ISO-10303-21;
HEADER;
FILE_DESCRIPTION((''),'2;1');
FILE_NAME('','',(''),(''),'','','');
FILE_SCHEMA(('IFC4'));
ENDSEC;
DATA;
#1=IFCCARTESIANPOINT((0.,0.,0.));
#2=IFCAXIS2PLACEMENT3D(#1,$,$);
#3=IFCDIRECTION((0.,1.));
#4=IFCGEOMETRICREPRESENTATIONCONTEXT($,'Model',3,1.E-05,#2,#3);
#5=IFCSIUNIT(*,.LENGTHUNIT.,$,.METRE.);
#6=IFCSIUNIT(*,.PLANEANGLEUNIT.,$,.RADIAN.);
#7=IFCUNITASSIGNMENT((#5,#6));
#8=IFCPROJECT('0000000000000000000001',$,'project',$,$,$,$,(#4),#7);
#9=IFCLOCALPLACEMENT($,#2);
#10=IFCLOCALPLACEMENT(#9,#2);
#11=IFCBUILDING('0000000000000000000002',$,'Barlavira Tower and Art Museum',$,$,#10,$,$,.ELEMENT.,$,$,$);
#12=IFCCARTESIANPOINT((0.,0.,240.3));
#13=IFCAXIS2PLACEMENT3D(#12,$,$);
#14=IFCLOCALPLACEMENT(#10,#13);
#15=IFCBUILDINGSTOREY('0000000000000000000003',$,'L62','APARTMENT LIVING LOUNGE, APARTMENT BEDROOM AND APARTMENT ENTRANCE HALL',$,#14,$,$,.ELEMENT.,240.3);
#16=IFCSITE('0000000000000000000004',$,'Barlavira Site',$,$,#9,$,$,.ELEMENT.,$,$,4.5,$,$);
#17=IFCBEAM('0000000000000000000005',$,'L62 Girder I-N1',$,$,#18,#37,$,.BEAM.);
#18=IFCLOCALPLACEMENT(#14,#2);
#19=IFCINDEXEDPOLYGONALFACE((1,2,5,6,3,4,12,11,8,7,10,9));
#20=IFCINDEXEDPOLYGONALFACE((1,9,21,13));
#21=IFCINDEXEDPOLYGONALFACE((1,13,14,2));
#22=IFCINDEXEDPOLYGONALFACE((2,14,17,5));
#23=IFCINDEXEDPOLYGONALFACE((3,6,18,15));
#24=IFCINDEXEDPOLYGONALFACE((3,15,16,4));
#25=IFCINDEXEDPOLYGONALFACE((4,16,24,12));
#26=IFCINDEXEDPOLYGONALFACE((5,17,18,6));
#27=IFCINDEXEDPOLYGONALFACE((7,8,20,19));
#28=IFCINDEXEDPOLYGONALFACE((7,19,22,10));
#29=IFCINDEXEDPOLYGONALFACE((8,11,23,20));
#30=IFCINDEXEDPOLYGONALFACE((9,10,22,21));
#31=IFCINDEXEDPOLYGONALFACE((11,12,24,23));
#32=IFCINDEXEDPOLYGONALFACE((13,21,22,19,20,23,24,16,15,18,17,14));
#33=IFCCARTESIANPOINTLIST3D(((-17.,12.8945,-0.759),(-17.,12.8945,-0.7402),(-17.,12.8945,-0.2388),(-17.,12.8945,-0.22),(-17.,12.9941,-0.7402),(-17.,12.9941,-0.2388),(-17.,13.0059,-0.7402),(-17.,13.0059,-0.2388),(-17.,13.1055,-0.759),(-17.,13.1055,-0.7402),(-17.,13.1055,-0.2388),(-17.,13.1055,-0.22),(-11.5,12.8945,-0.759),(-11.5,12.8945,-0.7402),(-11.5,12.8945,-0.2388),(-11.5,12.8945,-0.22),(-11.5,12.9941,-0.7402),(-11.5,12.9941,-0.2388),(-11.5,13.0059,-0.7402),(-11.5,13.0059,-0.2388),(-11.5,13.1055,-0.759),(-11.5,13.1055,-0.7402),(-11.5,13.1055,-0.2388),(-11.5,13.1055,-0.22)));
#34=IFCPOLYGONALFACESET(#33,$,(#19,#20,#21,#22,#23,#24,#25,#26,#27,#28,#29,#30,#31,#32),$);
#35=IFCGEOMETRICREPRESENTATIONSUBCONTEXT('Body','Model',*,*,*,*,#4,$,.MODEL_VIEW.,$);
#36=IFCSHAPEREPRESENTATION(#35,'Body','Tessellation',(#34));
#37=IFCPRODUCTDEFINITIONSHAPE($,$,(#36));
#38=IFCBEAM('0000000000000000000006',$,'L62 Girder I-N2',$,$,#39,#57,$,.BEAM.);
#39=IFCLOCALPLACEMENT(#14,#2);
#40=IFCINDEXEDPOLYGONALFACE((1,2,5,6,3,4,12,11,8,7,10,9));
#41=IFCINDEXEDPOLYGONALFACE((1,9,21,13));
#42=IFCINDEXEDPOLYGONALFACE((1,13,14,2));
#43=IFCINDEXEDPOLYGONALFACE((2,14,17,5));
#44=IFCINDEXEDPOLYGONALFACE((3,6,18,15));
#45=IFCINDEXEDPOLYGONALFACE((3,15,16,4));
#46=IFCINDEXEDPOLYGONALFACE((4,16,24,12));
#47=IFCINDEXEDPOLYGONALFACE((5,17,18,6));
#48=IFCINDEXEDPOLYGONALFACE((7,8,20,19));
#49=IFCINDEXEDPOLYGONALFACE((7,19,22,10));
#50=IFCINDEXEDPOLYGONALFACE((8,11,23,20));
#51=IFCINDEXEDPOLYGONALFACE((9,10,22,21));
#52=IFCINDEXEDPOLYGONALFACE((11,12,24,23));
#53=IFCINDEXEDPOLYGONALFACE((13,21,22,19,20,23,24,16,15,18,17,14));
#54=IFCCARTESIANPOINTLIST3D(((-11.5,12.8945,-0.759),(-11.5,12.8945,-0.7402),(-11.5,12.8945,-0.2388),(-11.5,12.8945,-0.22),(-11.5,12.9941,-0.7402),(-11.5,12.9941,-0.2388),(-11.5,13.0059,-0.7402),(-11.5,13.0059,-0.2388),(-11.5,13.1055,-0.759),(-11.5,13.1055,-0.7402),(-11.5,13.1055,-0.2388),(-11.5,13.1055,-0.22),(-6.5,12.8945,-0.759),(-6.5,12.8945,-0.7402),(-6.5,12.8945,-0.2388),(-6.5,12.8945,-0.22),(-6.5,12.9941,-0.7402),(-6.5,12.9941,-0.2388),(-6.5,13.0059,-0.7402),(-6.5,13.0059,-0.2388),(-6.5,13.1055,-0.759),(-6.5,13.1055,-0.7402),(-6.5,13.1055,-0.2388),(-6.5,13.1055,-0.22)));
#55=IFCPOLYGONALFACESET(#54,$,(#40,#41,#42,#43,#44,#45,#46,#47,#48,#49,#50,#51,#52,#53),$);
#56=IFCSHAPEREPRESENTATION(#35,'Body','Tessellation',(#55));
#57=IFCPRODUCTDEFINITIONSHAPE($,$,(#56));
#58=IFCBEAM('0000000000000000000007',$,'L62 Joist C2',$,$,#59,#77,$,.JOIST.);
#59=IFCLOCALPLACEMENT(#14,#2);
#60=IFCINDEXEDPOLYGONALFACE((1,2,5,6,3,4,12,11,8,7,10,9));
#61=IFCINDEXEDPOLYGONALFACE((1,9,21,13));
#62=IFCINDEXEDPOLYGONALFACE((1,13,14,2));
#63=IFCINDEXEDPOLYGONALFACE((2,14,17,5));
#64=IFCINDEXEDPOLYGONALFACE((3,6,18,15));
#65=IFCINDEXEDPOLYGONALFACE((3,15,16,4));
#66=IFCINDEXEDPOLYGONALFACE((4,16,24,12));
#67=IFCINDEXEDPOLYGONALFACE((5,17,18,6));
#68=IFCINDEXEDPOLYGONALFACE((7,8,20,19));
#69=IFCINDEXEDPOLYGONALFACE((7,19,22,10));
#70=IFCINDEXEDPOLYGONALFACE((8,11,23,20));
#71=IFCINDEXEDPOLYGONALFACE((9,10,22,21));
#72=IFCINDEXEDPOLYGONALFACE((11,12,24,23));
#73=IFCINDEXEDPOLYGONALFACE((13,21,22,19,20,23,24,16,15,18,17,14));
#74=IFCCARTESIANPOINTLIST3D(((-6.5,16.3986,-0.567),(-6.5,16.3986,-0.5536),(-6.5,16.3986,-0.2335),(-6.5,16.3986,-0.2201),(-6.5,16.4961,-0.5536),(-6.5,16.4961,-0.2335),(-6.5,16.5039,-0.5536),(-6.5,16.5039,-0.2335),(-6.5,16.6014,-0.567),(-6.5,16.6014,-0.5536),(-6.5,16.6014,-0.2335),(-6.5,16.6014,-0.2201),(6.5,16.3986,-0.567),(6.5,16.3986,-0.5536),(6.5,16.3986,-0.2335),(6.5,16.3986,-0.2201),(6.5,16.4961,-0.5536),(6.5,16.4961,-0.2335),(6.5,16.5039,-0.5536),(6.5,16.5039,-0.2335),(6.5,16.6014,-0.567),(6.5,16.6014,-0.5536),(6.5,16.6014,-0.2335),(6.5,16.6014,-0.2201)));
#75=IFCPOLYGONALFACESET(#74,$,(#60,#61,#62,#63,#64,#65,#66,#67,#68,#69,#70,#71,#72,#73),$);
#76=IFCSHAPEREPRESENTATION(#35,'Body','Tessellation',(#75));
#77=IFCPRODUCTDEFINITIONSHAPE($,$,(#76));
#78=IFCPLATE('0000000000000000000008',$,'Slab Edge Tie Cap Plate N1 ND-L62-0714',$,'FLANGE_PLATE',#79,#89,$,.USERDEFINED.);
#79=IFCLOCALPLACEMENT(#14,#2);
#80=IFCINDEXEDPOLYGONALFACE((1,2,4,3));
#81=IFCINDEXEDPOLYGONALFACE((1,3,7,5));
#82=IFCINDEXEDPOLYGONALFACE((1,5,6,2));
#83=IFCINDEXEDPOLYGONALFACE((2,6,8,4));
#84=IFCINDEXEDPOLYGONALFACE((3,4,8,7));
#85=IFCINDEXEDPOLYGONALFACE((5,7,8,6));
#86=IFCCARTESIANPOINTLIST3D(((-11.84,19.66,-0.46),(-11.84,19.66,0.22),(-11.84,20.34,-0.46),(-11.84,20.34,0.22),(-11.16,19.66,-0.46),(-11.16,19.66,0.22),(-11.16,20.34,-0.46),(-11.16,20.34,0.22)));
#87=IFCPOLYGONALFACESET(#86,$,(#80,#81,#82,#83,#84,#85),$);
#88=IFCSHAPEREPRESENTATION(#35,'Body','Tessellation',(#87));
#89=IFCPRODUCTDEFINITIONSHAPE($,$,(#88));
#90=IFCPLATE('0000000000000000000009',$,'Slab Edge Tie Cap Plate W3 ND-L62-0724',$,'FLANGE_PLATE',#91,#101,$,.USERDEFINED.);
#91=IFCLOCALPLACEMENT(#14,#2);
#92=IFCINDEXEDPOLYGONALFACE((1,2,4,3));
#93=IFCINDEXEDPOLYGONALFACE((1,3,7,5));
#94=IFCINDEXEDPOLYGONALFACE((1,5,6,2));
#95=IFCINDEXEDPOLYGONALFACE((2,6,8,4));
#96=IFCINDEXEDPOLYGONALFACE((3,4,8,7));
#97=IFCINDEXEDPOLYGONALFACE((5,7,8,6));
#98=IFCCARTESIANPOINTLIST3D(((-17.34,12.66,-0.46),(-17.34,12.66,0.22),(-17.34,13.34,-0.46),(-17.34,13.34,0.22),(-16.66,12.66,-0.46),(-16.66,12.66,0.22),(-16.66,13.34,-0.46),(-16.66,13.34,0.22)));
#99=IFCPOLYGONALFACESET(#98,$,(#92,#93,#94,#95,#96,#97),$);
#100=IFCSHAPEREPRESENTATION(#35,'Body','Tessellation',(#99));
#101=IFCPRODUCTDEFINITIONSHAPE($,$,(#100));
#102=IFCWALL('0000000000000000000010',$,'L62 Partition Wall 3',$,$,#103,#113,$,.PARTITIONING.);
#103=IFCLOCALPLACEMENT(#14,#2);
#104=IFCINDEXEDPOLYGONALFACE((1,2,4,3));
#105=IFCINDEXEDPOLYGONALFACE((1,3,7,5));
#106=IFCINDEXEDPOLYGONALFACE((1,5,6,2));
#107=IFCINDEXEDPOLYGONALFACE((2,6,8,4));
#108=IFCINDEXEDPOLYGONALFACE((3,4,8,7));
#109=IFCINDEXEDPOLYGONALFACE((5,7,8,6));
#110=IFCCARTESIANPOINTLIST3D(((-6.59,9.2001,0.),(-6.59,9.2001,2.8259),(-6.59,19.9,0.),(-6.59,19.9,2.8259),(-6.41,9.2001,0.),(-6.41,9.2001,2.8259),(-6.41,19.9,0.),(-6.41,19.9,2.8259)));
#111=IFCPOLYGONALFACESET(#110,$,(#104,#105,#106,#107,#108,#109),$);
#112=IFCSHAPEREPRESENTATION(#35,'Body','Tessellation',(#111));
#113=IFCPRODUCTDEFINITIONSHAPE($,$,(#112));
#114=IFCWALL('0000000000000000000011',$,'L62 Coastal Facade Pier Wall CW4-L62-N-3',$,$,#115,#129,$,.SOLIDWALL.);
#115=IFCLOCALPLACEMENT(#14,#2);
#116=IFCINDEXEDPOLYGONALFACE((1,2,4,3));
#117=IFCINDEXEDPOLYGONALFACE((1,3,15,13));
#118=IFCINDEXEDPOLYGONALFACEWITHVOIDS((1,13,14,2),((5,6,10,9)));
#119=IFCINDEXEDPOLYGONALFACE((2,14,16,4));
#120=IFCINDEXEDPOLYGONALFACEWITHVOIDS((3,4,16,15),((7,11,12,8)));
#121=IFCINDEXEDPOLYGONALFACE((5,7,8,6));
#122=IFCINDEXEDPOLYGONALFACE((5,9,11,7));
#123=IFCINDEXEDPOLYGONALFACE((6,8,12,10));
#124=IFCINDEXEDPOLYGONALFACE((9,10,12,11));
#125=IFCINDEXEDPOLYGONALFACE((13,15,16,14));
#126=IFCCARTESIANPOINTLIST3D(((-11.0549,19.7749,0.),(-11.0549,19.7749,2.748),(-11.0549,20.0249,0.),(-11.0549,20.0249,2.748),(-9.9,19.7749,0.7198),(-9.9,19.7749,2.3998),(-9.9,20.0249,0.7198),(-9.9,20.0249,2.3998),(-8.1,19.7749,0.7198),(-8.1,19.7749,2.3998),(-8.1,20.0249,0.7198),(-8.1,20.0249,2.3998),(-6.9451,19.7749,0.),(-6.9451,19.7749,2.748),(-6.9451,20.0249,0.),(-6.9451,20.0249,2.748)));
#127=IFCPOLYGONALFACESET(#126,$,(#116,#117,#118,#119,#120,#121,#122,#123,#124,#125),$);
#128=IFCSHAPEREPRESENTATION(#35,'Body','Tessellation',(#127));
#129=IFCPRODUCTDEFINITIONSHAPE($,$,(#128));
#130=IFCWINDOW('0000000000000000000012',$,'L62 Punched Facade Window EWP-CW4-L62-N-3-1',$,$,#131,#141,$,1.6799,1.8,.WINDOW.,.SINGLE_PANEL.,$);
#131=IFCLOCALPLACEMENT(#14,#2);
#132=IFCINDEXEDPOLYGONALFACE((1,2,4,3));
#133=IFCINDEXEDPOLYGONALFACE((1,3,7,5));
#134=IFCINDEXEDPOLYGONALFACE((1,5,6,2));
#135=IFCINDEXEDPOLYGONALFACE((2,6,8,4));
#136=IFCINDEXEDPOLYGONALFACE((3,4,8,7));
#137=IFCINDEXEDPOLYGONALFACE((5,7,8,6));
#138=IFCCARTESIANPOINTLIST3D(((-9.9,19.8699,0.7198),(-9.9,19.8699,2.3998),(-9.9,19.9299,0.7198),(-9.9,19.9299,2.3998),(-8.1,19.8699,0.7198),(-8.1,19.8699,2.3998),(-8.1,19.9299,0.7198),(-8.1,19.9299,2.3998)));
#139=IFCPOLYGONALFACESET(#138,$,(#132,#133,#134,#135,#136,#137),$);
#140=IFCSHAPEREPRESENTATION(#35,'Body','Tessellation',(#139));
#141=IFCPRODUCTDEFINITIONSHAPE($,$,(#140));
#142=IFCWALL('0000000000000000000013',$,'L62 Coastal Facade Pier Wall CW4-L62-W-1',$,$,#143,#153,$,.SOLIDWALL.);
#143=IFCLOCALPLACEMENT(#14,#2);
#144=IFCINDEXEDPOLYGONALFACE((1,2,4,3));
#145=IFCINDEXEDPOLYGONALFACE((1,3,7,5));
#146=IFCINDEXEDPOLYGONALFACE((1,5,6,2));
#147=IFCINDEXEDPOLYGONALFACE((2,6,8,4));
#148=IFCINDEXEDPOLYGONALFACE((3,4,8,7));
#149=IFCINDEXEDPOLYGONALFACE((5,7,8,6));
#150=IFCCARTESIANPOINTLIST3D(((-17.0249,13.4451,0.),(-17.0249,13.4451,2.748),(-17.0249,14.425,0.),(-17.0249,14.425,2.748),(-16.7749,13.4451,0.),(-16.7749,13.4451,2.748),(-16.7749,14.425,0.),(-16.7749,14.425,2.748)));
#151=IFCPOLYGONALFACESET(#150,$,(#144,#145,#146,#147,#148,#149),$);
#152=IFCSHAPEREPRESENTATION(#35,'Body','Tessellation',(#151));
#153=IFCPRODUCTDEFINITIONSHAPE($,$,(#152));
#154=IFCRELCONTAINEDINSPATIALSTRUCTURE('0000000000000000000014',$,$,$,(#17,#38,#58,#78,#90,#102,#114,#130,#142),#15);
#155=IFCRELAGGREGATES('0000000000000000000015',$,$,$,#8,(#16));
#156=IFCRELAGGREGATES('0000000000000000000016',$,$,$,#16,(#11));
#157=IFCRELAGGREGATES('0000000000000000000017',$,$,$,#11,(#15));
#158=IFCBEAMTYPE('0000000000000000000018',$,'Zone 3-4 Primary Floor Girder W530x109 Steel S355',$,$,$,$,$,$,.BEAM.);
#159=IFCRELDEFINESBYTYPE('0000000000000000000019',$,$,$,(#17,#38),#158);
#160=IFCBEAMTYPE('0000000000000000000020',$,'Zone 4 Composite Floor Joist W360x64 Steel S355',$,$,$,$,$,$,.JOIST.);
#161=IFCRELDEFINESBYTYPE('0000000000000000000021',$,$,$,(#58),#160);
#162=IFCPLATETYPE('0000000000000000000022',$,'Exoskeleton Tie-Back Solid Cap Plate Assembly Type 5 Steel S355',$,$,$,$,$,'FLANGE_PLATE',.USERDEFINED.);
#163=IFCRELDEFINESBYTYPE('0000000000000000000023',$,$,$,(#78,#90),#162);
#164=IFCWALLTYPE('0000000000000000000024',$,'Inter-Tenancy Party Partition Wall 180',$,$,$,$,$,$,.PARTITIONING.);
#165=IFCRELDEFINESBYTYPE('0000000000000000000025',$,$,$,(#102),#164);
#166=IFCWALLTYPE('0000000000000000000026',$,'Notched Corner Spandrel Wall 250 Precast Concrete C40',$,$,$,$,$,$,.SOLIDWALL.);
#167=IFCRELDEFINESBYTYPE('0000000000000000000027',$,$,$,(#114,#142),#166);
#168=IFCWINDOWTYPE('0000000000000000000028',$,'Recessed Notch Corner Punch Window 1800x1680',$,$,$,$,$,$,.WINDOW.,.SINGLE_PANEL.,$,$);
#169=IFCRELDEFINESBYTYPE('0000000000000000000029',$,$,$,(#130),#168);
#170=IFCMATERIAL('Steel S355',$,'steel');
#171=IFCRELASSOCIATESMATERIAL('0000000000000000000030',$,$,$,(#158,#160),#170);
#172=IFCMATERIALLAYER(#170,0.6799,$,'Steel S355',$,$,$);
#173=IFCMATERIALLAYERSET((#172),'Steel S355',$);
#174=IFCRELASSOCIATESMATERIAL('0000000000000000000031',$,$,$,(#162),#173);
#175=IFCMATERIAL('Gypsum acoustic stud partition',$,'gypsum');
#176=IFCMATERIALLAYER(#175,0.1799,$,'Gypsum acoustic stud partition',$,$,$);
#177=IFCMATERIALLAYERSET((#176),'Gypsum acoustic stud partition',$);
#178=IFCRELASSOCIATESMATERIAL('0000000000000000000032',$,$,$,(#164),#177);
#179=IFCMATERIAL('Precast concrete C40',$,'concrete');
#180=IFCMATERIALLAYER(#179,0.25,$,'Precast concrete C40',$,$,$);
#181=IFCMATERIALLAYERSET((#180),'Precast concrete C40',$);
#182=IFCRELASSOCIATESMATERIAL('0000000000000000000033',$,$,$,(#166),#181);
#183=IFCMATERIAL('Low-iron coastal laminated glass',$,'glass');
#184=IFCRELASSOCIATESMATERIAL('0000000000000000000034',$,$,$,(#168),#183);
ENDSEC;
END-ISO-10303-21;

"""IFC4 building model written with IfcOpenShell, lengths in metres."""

from ifc_helpers import new_model, si_unit, direction, frame, frame_2d, origin, origin_2d, place, context, subcontext, project, spatial, rectangle, i_section, extrude, material, layer, layer_set, material_profile, profile_set, type_object, element, fill, save


model = new_model("IFC4")

# Units and contexts
model_context = context("Model", 3, precision=1e-05, world=origin(), true_north=direction((0.0, 1.0)))
body_context = subcontext(model_context, "Body", "Model", "MODEL_VIEW")
ifc_project = project(units=[si_unit("LENGTHUNIT", "METRE"), si_unit("PLANEANGLEUNIT", "RADIAN")], contexts=[model_context])

# Site, building, storey
site_placement = place(None, origin())
site = spatial("IfcSite", under=ifc_project, at=site_placement, Name="Barlavira Site", CompositionType="ELEMENT", RefElevation=4.5)
building_placement = place(site_placement, origin())
building = spatial("IfcBuilding", under=site, at=building_placement, Name="Barlavira Tower and Art Museum", CompositionType="ELEMENT")
storey_placement = place(building_placement, frame((0.0, 0.0, 240.3)))
storey = spatial("IfcBuildingStorey", under=building, at=storey_placement, Name="L62", Description="APARTMENT LIVING LOUNGE, APARTMENT BEDROOM AND APARTMENT ENTRANCE HALL", CompositionType="ELEMENT", Elevation=240.3)

# Shared definitions
ifc_material_1 = material(Name="Steel S355", Category="steel")

# Beams
ifc_material_profile_1 = material_profile(ifc_material_1, i_section(OverallWidth=0.2109, OverallDepth=0.5391, WebThickness=0.0117, FlangeThickness=0.0188, at=origin_2d()), Name="W530x109.0")
ifc_profile_set_1 = profile_set([ifc_material_profile_1], Name="Steel S355")
beam_type_1 = type_object("IfcBeamType", Name="Zone 3-4 Primary Floor Girder W530x109 Steel S355", PredefinedType="BEAM", material=ifc_profile_set_1)
beam_1_placement = place(storey_placement, frame((-17.0, 13.0, -0.4895), z_axis=(1.0, 0.0, 0.0), x_axis=(0.0, 1.0, 0.0)))
element("IfcBeam", 1, at=beam_1_placement, inside=storey, type_object=beam_type_1, Name="L62 Girder I-N1", PredefinedType="BEAM", context=body_context, shape_type="SweptSolid", body=[
    extrude(i_section(OverallWidth=0.2109, OverallDepth=0.5391, WebThickness=0.0117, FlangeThickness=0.0188, at=origin_2d()), origin(), (0.0, 0.0, 1.0), 5.5),
])
beam_2_placement = place(storey_placement, frame((-11.5, 13.0, -0.4895), z_axis=(1.0, 0.0, 0.0), x_axis=(0.0, 1.0, 0.0)))
element("IfcBeam", 2, at=beam_2_placement, inside=storey, type_object=beam_type_1, Name="L62 Girder I-N2", PredefinedType="BEAM", context=body_context, shape_type="SweptSolid", body=[
    extrude(i_section(OverallWidth=0.2109, OverallDepth=0.5391, WebThickness=0.0117, FlangeThickness=0.0188, at=origin_2d()), origin(), (0.0, 0.0, 1.0), 5.0),
])
ifc_material_profile_2 = material_profile(ifc_material_1, i_section(OverallWidth=0.2029, OverallDepth=0.3469, WebThickness=0.0078, FlangeThickness=0.0134, at=origin_2d()), Name="W360x64.0")
ifc_profile_set_2 = profile_set([ifc_material_profile_2], Name="Steel S355")
beam_type_2 = type_object("IfcBeamType", Name="Zone 4 Composite Floor Joist W360x64 Steel S355", PredefinedType="JOIST", material=ifc_profile_set_2)
beam_3_placement = place(storey_placement, frame((-6.5, 16.5, -0.3936), z_axis=(1.0, 0.0, 0.0), x_axis=(0.0, 1.0, 0.0)))
element("IfcBeam", 3, at=beam_3_placement, inside=storey, type_object=beam_type_2, Name="L62 Joist C2", PredefinedType="JOIST", context=body_context, shape_type="SweptSolid", body=[
    extrude(i_section(OverallWidth=0.2029, OverallDepth=0.3469, WebThickness=0.0078, FlangeThickness=0.0134, at=origin_2d()), origin(), (0.0, 0.0, 1.0), 13.0),
])

# Plates
ifc_layer_1 = layer(ifc_material_1, 0.6799, Name="Steel S355")
ifc_layer_set_1 = layer_set([ifc_layer_1], Name="Steel S355")
plate_type = type_object("IfcPlateType", Name="Exoskeleton Tie-Back Solid Cap Plate Assembly Type 5 Steel S355", ElementType="FLANGE_PLATE", PredefinedType="USERDEFINED", material=ifc_layer_set_1)
for number, where, z_axis, x_axis, name in (
    (4, (-11.5, 20.0, -0.46), (0.0, 0.0, 1.0), (1.0, 0.0, 0.0), "Slab Edge Tie Cap Plate N1 ND-L62-0714"),
    (5, (-17.0, 13.0, -0.46), (0.0, 0.0, 1.0), (1.0, 0.0, 0.0), "Slab Edge Tie Cap Plate W3 ND-L62-0724"),
):
    element("IfcPlate", number, at=place(storey_placement, frame(where, z_axis=z_axis, x_axis=x_axis)), inside=storey, type_object=plate_type, Name=name, ObjectType="FLANGE_PLATE", PredefinedType="USERDEFINED", context=body_context, shape_type="SweptSolid", body=[
        extrude(rectangle(XDim=0.6799, YDim=0.6799, at=origin_2d()), origin(), (0.0, 0.0, 1.0), 0.6799),
    ])

# Wall
ifc_material_2 = material(Name="Gypsum acoustic stud partition", Category="gypsum")
ifc_layer_2 = layer(ifc_material_2, 0.1799, Name="Gypsum acoustic stud partition")
ifc_layer_set_2 = layer_set([ifc_layer_2], Name="Gypsum acoustic stud partition")
wall_type_1 = type_object("IfcWallType", Name="Inter-Tenancy Party Partition Wall 180", PredefinedType="PARTITIONING", material=ifc_layer_set_2)
wall_1_placement = place(storey_placement, frame((-6.5, 9.2, 0.0), z_axis=(0.0, 0.0, 1.0), x_axis=(0.0, 1.0, 0.0)))
element("IfcWall", 6, at=wall_1_placement, inside=storey, type_object=wall_type_1, Name="L62 Partition Wall 3", PredefinedType="PARTITIONING", context=body_context, shape_type="SweptSolid", body=[
    extrude(rectangle(XDim=10.7, YDim=0.1799, at=frame_2d((5.3501, 0.0))), origin(), (0.0, 0.0, 1.0), 2.8259),
])

# Wall, opening, window
ifc_material_3 = material(Name="Precast concrete C40", Category="concrete")
ifc_layer_3 = layer(ifc_material_3, 0.25, Name="Precast concrete C40")
ifc_layer_set_3 = layer_set([ifc_layer_3], Name="Precast concrete C40")
wall_type_2 = type_object("IfcWallType", Name="Notched Corner Spandrel Wall 250 Precast Concrete C40", PredefinedType="SOLIDWALL", material=ifc_layer_set_3)
wall_2_placement = place(storey_placement, frame((-6.9451, 19.8999, 0.0), z_axis=(0.0, 0.0, 1.0), x_axis=(-1.0, 0.0, 0.0)))
wall_2 = element("IfcWall", 7, at=wall_2_placement, inside=storey, type_object=wall_type_2, Name="L62 Coastal Facade Pier Wall CW4-L62-N-3", PredefinedType="SOLIDWALL", context=body_context, shape_type="SweptSolid", body=[
    extrude(rectangle(XDim=4.1099, YDim=0.25, at=frame_2d((2.0549, 0.0))), origin(), (0.0, 0.0, 1.0), 2.748),
])
opening_1_placement = place(wall_2_placement, frame((1.155, 0.0, 0.72)))
opening_1 = element("IfcOpeningElement", 8, at=opening_1_placement, cuts=wall_2, PredefinedType="OPENING", context=body_context, shape_type="SweptSolid", body=[
    extrude(rectangle(XDim=1.8, YDim=1.6799, at=frame_2d((0.8999, 0.8398))), frame((0.0, 0.135, 0.0), z_axis=(0.0, -1.0, 0.0), x_axis=(1.0, 0.0, 0.0)), (0.0, 0.0, 1.0), 0.27),
])
ifc_material_4 = material(Name="Low-iron coastal laminated glass", Category="glass")
window_type = type_object("IfcWindowType", Name="Recessed Notch Corner Punch Window 1800x1680", PartitioningType="SINGLE_PANEL", PredefinedType="WINDOW", material=ifc_material_4)
window_1_placement = place(opening_1_placement, origin())
window_1 = element("IfcWindow", 9, at=window_1_placement, inside=storey, type_object=window_type, Name="L62 Punched Facade Window EWP-CW4-L62-N-3-1", OverallHeight=1.6799, OverallWidth=1.8, PartitioningType="SINGLE_PANEL", PredefinedType="WINDOW", context=body_context, shape_type="SweptSolid", body=[
    extrude(rectangle(XDim=1.8, YDim=1.6799, at=frame_2d((0.8999, 0.8398))), frame((0.0, 0.03, 0.0), z_axis=(0.0, -1.0, 0.0), x_axis=(1.0, 0.0, 0.0)), (0.0, 0.0, 1.0), 0.0601),
])
fill(opening_1, window_1)

# Wall
wall_3_placement = place(storey_placement, frame((-16.8999, 14.425, 0.0), z_axis=(0.0, 0.0, 1.0), x_axis=(0.0, -1.0, 0.0)))
element("IfcWall", 10, at=wall_3_placement, inside=storey, type_object=wall_type_2, Name="L62 Coastal Facade Pier Wall CW4-L62-W-1", PredefinedType="SOLIDWALL", context=body_context, shape_type="SweptSolid", body=[
    extrude(rectangle(XDim=0.98, YDim=0.25, at=frame_2d((0.49, 0.0))), origin(), (0.0, 0.0, 1.0), 2.748),
])

save(model, "model.ifc")
